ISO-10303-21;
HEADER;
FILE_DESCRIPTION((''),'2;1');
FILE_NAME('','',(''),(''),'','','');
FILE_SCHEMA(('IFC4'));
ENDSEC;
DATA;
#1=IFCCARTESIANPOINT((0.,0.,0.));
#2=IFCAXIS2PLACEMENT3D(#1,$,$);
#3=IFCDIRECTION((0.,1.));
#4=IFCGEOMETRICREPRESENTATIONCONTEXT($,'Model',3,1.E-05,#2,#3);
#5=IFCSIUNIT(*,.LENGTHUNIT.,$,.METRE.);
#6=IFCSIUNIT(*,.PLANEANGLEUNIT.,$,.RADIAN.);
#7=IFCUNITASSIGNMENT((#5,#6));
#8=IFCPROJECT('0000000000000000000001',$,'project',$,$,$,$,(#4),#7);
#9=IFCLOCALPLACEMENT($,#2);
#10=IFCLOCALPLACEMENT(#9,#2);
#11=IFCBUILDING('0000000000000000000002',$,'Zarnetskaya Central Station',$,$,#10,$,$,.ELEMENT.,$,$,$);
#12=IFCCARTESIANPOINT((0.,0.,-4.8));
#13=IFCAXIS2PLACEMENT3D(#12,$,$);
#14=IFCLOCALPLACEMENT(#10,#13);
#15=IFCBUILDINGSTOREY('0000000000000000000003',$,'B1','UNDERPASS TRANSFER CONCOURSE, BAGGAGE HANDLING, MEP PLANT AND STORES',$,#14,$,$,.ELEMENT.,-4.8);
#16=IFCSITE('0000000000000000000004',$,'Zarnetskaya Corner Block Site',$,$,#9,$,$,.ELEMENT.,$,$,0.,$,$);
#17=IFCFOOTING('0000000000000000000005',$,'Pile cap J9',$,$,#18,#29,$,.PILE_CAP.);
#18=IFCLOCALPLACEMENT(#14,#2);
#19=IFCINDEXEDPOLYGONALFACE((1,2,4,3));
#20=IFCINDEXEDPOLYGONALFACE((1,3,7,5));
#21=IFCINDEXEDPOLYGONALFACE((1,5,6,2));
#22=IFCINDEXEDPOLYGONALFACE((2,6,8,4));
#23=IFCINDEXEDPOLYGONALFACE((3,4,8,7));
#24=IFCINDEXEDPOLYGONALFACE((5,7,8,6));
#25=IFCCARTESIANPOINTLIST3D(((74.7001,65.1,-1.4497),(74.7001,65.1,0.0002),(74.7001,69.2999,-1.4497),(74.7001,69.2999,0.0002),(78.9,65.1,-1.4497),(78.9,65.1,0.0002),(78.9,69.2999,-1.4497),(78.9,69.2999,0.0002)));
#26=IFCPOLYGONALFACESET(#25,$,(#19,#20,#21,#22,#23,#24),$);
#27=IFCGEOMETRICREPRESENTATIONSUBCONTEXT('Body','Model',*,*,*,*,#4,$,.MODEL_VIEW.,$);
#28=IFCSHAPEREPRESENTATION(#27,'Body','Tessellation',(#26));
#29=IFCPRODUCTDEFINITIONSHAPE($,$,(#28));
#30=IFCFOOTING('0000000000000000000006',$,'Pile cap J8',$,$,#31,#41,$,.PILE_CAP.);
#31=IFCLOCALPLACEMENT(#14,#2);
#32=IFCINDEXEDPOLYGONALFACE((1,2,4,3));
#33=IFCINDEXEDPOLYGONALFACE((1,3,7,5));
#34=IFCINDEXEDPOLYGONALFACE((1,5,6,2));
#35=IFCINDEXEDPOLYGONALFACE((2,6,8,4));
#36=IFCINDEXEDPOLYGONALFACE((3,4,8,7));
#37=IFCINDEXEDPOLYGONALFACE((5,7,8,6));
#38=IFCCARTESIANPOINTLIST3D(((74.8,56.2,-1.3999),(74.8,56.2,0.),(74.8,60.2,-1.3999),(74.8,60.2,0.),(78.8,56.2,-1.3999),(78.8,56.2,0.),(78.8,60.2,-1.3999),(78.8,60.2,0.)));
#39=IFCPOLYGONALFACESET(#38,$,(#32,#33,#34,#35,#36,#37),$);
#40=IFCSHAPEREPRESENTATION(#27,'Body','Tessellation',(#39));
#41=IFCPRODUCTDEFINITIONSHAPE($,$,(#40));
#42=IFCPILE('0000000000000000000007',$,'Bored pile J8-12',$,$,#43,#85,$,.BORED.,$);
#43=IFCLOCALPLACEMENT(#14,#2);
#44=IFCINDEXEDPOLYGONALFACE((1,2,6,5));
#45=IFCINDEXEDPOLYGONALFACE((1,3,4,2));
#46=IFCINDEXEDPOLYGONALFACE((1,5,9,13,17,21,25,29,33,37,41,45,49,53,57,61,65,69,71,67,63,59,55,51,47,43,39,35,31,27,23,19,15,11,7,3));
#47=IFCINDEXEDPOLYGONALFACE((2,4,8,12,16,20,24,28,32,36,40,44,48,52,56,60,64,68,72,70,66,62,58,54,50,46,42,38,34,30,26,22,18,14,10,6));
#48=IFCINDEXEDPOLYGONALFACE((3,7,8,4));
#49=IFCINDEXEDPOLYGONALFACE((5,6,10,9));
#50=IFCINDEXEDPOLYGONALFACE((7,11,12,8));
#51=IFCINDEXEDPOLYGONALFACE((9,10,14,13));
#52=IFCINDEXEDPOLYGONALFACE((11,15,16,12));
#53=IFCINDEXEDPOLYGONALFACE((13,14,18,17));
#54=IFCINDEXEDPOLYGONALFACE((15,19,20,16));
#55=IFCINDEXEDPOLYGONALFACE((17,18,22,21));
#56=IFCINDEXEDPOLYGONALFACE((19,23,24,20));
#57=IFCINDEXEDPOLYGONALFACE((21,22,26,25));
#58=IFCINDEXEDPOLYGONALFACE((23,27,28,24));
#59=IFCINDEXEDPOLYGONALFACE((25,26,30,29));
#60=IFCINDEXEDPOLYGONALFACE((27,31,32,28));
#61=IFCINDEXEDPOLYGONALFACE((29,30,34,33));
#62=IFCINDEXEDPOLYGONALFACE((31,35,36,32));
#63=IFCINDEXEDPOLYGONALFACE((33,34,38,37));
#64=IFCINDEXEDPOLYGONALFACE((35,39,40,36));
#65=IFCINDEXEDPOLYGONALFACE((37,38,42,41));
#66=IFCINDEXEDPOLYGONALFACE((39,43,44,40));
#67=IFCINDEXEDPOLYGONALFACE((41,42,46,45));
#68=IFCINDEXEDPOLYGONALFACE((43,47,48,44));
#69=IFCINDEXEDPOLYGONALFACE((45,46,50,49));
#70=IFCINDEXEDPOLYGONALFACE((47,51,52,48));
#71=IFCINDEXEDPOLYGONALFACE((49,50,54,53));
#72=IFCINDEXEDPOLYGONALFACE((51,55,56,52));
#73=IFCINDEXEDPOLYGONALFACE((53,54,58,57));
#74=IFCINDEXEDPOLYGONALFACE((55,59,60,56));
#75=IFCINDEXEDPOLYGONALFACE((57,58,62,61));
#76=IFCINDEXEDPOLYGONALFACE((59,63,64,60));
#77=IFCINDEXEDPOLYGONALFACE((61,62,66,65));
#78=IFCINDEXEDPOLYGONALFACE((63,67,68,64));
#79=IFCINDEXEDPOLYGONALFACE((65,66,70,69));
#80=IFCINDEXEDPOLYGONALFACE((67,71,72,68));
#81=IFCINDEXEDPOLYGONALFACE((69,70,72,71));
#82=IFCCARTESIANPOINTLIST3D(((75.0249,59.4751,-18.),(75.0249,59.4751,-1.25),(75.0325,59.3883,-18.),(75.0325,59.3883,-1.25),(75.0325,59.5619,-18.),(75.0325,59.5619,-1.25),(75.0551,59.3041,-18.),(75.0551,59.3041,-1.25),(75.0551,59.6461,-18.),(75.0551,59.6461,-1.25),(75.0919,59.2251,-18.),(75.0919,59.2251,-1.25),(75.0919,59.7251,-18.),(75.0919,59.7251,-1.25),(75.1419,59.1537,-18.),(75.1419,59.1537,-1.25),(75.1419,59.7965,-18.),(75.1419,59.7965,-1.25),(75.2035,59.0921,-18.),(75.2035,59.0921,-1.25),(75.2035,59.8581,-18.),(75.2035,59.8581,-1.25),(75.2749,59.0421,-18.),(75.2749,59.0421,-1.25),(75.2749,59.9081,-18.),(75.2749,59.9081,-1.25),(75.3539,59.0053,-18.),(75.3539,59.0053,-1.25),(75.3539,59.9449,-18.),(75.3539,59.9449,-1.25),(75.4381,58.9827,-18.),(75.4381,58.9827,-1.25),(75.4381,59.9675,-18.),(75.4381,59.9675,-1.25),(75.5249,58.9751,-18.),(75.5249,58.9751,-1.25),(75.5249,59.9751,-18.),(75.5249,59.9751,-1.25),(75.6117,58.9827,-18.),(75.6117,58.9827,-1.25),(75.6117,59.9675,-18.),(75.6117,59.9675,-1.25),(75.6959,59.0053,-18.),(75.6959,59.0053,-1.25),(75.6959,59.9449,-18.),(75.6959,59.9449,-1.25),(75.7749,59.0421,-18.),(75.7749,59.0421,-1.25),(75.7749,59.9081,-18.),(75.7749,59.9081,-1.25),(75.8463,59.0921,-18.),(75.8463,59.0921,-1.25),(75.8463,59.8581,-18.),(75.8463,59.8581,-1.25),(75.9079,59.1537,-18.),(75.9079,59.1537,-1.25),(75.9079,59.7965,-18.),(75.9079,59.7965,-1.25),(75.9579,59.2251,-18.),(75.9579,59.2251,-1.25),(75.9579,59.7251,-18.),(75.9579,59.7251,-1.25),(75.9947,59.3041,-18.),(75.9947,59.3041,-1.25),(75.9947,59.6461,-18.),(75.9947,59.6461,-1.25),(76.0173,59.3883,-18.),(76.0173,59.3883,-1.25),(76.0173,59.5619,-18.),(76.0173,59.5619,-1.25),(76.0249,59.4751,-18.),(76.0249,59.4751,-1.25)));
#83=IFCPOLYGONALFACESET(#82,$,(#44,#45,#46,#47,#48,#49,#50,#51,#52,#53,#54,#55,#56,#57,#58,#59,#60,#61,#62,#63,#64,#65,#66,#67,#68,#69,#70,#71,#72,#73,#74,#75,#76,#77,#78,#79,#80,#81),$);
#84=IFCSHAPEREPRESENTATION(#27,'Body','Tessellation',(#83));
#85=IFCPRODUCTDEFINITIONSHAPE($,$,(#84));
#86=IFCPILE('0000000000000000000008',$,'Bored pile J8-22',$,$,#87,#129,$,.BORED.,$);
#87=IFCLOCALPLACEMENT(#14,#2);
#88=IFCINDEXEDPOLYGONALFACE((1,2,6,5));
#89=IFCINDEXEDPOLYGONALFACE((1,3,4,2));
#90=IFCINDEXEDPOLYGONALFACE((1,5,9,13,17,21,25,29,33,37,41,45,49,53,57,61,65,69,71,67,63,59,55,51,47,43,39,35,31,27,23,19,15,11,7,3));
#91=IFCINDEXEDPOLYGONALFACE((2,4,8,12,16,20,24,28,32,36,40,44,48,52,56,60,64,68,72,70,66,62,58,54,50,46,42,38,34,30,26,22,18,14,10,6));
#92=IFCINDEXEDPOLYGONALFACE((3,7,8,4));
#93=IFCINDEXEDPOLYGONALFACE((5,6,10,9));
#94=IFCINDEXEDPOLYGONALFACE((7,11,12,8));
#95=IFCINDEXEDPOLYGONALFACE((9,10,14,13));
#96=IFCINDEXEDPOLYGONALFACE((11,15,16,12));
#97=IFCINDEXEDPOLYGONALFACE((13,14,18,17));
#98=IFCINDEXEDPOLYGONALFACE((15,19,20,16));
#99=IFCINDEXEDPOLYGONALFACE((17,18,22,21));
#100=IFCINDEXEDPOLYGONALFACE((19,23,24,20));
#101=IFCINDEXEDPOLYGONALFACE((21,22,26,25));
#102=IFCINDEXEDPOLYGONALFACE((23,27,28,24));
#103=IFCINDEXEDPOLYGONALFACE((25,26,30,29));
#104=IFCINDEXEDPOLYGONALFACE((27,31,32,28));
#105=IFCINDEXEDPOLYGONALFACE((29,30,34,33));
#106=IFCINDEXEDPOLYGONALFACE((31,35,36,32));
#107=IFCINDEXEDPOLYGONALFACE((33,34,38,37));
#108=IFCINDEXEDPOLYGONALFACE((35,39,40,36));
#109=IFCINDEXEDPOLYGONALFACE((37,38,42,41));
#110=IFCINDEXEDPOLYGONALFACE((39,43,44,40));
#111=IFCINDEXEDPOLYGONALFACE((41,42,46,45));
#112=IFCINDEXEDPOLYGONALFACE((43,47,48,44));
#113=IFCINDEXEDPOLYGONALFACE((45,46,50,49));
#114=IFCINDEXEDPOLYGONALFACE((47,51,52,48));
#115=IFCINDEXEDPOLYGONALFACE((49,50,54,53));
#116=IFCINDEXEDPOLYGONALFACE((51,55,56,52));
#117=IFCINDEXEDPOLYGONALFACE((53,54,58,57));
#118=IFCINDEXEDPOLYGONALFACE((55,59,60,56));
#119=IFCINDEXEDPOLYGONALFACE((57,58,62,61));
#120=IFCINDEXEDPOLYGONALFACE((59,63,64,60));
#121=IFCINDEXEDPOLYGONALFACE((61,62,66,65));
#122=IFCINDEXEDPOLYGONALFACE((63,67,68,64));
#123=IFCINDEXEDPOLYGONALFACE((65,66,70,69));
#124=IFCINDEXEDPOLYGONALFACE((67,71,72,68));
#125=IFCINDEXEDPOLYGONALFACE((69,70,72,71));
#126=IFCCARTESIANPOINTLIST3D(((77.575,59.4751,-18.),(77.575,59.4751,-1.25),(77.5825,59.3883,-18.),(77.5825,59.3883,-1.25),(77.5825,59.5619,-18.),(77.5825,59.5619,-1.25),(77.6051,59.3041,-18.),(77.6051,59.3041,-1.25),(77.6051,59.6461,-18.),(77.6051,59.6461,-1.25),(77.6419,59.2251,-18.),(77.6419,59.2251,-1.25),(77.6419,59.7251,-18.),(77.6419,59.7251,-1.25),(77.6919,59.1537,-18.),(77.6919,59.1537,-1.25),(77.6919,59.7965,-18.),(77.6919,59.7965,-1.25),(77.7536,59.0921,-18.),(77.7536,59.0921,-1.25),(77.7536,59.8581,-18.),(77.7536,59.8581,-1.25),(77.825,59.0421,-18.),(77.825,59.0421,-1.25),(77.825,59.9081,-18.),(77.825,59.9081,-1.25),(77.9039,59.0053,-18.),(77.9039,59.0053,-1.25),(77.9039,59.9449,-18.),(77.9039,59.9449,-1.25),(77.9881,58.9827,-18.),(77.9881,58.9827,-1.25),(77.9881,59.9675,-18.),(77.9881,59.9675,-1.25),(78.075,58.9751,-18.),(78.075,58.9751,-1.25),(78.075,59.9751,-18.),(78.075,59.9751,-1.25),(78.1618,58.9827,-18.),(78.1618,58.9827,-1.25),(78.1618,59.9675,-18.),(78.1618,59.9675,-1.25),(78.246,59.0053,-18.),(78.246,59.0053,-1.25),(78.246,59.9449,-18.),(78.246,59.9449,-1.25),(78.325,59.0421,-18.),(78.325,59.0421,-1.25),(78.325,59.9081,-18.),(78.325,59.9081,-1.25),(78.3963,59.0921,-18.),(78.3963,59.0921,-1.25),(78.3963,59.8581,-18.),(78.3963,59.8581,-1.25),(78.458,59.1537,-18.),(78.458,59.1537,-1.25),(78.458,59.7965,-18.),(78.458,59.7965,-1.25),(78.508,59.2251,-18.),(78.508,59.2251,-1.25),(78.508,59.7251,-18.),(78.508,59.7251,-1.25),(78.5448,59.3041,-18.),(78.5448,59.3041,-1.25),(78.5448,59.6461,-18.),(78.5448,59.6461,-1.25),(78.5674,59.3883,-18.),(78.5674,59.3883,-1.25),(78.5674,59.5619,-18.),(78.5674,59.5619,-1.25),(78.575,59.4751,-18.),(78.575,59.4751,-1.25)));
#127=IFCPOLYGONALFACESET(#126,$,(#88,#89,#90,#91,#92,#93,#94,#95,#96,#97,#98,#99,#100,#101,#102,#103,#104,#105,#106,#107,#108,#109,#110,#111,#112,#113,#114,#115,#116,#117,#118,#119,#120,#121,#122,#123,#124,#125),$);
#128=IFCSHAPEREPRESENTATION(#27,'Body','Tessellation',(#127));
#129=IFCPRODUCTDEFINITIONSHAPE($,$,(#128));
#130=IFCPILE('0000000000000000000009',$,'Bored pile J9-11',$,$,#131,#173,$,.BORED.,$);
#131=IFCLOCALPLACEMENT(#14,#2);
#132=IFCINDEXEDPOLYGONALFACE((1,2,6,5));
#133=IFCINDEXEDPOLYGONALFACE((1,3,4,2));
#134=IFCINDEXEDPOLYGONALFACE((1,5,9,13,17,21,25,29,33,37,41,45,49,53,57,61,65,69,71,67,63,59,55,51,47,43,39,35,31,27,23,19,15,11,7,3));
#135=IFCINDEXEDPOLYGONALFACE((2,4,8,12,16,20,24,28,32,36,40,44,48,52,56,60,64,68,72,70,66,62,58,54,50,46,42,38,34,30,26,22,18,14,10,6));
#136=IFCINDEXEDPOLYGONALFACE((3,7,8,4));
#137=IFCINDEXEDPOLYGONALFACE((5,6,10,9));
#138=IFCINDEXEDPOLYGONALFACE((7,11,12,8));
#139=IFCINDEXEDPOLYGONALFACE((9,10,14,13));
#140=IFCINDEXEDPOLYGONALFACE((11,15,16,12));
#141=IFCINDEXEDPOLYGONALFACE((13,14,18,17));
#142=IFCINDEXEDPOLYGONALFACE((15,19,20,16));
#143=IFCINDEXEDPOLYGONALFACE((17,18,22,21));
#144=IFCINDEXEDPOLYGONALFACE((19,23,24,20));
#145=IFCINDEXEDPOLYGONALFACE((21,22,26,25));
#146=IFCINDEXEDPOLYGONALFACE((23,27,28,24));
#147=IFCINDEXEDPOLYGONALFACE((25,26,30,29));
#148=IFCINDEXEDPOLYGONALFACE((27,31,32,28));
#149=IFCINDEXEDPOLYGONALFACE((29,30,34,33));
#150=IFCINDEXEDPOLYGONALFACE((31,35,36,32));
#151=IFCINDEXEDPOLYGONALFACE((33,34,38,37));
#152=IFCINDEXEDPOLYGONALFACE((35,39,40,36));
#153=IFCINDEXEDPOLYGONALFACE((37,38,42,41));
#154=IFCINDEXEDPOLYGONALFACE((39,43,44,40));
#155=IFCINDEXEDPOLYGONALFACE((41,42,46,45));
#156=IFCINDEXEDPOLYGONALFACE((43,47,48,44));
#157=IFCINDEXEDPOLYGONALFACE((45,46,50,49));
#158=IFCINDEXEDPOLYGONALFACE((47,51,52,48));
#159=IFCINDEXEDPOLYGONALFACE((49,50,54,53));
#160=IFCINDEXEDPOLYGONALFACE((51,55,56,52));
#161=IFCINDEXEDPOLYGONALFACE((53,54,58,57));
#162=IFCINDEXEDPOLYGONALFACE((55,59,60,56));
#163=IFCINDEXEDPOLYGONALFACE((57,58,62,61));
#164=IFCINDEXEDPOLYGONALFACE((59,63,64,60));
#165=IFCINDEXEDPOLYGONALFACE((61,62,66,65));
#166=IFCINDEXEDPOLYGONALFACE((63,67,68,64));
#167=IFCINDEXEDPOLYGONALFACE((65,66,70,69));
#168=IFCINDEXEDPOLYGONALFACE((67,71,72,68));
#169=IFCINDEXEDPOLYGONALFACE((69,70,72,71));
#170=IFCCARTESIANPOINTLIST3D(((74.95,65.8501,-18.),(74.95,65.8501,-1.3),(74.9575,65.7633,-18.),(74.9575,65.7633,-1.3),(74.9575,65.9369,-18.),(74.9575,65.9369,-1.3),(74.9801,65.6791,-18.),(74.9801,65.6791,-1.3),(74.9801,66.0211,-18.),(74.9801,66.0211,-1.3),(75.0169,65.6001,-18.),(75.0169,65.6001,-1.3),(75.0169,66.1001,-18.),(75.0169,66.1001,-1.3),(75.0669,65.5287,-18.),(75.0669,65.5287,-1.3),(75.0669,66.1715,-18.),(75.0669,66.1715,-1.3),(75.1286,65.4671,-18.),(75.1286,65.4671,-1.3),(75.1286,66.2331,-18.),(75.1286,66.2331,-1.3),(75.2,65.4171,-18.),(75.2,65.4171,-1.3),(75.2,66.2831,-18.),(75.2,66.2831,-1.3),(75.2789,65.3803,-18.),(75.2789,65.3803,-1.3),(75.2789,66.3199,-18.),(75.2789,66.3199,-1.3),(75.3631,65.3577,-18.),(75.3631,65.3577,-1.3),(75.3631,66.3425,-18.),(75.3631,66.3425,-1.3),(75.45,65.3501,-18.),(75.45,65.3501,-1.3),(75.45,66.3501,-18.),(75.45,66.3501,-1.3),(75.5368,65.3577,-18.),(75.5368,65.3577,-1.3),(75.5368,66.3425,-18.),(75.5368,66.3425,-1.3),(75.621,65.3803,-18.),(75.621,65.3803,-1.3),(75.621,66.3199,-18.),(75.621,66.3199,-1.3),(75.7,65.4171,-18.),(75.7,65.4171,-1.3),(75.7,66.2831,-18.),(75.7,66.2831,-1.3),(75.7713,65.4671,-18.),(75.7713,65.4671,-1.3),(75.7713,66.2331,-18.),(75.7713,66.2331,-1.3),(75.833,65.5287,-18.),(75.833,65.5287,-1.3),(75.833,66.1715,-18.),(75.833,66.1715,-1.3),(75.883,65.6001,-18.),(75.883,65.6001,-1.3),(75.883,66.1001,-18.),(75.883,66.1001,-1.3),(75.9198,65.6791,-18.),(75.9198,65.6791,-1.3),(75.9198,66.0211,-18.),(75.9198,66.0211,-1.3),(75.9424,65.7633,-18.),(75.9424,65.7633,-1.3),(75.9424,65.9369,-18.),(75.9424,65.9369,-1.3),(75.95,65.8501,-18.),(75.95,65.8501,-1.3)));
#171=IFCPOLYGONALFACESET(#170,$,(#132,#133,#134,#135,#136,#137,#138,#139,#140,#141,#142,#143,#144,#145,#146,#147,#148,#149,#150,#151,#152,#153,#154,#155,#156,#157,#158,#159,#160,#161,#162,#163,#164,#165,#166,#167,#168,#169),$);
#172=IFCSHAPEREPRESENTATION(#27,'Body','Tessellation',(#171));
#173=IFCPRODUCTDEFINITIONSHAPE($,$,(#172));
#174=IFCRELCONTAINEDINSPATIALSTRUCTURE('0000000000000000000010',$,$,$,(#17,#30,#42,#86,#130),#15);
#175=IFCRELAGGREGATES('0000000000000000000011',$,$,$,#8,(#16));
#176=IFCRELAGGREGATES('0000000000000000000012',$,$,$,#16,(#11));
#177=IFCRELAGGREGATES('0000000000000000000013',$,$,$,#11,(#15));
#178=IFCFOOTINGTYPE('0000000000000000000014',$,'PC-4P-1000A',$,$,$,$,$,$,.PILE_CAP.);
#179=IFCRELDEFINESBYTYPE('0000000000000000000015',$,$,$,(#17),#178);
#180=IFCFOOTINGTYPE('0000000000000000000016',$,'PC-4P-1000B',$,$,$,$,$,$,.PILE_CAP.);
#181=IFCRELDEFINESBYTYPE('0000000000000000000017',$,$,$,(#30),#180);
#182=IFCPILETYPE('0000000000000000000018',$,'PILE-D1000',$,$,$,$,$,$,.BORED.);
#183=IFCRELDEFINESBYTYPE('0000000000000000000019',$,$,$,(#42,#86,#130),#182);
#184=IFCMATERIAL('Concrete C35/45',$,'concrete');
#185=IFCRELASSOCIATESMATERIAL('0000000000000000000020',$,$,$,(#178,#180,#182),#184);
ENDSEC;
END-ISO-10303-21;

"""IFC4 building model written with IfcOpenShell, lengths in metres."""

from ifc_helpers import new_model, si_unit, direction, frame, origin, origin_2d, place, context, subcontext, project, spatial, rectangle, circle, extrude, material, material_profile, profile_set, type_object, element, save


model = new_model("IFC4")

# Units and contexts
model_context = context("Model", 3, precision=1e-05, world=origin(), true_north=direction((0.0, 1.0)))
body_context = subcontext(model_context, "Body", "Model", "MODEL_VIEW")
ifc_project = project(units=[si_unit("LENGTHUNIT", "METRE"), si_unit("PLANEANGLEUNIT", "RADIAN")], contexts=[model_context])

# Site, building, storey
site_placement = place(None, origin())
site = spatial("IfcSite", under=ifc_project, at=site_placement, Name="Zarnetskaya Corner Block Site", CompositionType="ELEMENT", RefElevation=0.0)
building_placement = place(site_placement, origin())
building = spatial("IfcBuilding", under=site, at=building_placement, Name="Zarnetskaya Central Station", CompositionType="ELEMENT")
storey_placement = place(building_placement, frame((0.0, 0.0, -4.8)))
storey = spatial("IfcBuildingStorey", under=building, at=storey_placement, Name="B1", Description="UNDERPASS TRANSFER CONCOURSE, BAGGAGE HANDLING, MEP PLANT AND STORES", CompositionType="ELEMENT", Elevation=-4.8)

# Footings
ifc_material_1 = material(Name="Concrete C35/45", Category="concrete")
footing_type_1 = type_object("IfcFootingType", Name="PC-4P-1000A", PredefinedType="PILE_CAP", material=ifc_material_1)
footing_1_placement = place(storey_placement, frame((76.8, 67.2, -1.4497), z_axis=(0.0, 0.0, 1.0), x_axis=(1.0, 0.0, 0.0)))
element("IfcFooting", 1, at=footing_1_placement, inside=storey, type_object=footing_type_1, Name="Pile cap J9", PredefinedType="PILE_CAP", context=body_context, shape_type="SweptSolid", body=[
    extrude(rectangle(XDim=4.2, YDim=4.2, at=origin_2d()), origin(), (0.0, 0.0, 1.0), 1.45),
])
footing_type_2 = type_object("IfcFootingType", Name="PC-4P-1000B", PredefinedType="PILE_CAP", material=ifc_material_1)
footing_2_placement = place(storey_placement, frame((76.8, 58.2, -1.3999), z_axis=(0.0, 0.0, 1.0), x_axis=(1.0, 0.0, 0.0)))
element("IfcFooting", 2, at=footing_2_placement, inside=storey, type_object=footing_type_2, Name="Pile cap J8", PredefinedType="PILE_CAP", context=body_context, shape_type="SweptSolid", body=[
    extrude(rectangle(XDim=4.0, YDim=4.0, at=origin_2d()), origin(), (0.0, 0.0, 1.0), 1.3999),
])

# Piles
ifc_material_profile_1 = material_profile(ifc_material_1, circle(Radius=0.5, at=origin_2d()), Name="BORED PILE D1000")
ifc_profile_set_1 = profile_set([ifc_material_profile_1], Name="Concrete C35/45")
pile_type = type_object("IfcPileType", Name="PILE-D1000", PredefinedType="BORED", material=ifc_profile_set_1)
for number, where, z_axis, x_axis, name in (
    (3, (75.5249, 59.4751, -1.25), (0.0, 0.0, -1.0), (1.0, 0.0, 0.0), "Bored pile J8-12"),
    (4, (78.075, 59.4751, -1.25), (0.0, 0.0, -1.0), (1.0, 0.0, 0.0), "Bored pile J8-22"),
):
    element("IfcPile", number, at=place(storey_placement, frame(where, z_axis=z_axis, x_axis=x_axis)), inside=storey, type_object=pile_type, Name=name, PredefinedType="BORED", context=body_context, shape_type="SweptSolid", body=[
        extrude(circle(Radius=0.5, at=origin_2d()), origin(), (0.0, 0.0, 1.0), 16.75),
    ])
for number, where, z_axis, x_axis, name in (
    (5, (75.45, 65.8501, -1.3), (0.0, 0.0, -1.0), (1.0, 0.0, 0.0), "Bored pile J9-11"),
):
    element("IfcPile", number, at=place(storey_placement, frame(where, z_axis=z_axis, x_axis=x_axis)), inside=storey, type_object=pile_type, Name=name, PredefinedType="BORED", context=body_context, shape_type="SweptSolid", body=[
        extrude(circle(Radius=0.5, at=origin_2d()), origin(), (0.0, 0.0, 1.0), 16.7),
    ])

save(model, "model.ifc")
